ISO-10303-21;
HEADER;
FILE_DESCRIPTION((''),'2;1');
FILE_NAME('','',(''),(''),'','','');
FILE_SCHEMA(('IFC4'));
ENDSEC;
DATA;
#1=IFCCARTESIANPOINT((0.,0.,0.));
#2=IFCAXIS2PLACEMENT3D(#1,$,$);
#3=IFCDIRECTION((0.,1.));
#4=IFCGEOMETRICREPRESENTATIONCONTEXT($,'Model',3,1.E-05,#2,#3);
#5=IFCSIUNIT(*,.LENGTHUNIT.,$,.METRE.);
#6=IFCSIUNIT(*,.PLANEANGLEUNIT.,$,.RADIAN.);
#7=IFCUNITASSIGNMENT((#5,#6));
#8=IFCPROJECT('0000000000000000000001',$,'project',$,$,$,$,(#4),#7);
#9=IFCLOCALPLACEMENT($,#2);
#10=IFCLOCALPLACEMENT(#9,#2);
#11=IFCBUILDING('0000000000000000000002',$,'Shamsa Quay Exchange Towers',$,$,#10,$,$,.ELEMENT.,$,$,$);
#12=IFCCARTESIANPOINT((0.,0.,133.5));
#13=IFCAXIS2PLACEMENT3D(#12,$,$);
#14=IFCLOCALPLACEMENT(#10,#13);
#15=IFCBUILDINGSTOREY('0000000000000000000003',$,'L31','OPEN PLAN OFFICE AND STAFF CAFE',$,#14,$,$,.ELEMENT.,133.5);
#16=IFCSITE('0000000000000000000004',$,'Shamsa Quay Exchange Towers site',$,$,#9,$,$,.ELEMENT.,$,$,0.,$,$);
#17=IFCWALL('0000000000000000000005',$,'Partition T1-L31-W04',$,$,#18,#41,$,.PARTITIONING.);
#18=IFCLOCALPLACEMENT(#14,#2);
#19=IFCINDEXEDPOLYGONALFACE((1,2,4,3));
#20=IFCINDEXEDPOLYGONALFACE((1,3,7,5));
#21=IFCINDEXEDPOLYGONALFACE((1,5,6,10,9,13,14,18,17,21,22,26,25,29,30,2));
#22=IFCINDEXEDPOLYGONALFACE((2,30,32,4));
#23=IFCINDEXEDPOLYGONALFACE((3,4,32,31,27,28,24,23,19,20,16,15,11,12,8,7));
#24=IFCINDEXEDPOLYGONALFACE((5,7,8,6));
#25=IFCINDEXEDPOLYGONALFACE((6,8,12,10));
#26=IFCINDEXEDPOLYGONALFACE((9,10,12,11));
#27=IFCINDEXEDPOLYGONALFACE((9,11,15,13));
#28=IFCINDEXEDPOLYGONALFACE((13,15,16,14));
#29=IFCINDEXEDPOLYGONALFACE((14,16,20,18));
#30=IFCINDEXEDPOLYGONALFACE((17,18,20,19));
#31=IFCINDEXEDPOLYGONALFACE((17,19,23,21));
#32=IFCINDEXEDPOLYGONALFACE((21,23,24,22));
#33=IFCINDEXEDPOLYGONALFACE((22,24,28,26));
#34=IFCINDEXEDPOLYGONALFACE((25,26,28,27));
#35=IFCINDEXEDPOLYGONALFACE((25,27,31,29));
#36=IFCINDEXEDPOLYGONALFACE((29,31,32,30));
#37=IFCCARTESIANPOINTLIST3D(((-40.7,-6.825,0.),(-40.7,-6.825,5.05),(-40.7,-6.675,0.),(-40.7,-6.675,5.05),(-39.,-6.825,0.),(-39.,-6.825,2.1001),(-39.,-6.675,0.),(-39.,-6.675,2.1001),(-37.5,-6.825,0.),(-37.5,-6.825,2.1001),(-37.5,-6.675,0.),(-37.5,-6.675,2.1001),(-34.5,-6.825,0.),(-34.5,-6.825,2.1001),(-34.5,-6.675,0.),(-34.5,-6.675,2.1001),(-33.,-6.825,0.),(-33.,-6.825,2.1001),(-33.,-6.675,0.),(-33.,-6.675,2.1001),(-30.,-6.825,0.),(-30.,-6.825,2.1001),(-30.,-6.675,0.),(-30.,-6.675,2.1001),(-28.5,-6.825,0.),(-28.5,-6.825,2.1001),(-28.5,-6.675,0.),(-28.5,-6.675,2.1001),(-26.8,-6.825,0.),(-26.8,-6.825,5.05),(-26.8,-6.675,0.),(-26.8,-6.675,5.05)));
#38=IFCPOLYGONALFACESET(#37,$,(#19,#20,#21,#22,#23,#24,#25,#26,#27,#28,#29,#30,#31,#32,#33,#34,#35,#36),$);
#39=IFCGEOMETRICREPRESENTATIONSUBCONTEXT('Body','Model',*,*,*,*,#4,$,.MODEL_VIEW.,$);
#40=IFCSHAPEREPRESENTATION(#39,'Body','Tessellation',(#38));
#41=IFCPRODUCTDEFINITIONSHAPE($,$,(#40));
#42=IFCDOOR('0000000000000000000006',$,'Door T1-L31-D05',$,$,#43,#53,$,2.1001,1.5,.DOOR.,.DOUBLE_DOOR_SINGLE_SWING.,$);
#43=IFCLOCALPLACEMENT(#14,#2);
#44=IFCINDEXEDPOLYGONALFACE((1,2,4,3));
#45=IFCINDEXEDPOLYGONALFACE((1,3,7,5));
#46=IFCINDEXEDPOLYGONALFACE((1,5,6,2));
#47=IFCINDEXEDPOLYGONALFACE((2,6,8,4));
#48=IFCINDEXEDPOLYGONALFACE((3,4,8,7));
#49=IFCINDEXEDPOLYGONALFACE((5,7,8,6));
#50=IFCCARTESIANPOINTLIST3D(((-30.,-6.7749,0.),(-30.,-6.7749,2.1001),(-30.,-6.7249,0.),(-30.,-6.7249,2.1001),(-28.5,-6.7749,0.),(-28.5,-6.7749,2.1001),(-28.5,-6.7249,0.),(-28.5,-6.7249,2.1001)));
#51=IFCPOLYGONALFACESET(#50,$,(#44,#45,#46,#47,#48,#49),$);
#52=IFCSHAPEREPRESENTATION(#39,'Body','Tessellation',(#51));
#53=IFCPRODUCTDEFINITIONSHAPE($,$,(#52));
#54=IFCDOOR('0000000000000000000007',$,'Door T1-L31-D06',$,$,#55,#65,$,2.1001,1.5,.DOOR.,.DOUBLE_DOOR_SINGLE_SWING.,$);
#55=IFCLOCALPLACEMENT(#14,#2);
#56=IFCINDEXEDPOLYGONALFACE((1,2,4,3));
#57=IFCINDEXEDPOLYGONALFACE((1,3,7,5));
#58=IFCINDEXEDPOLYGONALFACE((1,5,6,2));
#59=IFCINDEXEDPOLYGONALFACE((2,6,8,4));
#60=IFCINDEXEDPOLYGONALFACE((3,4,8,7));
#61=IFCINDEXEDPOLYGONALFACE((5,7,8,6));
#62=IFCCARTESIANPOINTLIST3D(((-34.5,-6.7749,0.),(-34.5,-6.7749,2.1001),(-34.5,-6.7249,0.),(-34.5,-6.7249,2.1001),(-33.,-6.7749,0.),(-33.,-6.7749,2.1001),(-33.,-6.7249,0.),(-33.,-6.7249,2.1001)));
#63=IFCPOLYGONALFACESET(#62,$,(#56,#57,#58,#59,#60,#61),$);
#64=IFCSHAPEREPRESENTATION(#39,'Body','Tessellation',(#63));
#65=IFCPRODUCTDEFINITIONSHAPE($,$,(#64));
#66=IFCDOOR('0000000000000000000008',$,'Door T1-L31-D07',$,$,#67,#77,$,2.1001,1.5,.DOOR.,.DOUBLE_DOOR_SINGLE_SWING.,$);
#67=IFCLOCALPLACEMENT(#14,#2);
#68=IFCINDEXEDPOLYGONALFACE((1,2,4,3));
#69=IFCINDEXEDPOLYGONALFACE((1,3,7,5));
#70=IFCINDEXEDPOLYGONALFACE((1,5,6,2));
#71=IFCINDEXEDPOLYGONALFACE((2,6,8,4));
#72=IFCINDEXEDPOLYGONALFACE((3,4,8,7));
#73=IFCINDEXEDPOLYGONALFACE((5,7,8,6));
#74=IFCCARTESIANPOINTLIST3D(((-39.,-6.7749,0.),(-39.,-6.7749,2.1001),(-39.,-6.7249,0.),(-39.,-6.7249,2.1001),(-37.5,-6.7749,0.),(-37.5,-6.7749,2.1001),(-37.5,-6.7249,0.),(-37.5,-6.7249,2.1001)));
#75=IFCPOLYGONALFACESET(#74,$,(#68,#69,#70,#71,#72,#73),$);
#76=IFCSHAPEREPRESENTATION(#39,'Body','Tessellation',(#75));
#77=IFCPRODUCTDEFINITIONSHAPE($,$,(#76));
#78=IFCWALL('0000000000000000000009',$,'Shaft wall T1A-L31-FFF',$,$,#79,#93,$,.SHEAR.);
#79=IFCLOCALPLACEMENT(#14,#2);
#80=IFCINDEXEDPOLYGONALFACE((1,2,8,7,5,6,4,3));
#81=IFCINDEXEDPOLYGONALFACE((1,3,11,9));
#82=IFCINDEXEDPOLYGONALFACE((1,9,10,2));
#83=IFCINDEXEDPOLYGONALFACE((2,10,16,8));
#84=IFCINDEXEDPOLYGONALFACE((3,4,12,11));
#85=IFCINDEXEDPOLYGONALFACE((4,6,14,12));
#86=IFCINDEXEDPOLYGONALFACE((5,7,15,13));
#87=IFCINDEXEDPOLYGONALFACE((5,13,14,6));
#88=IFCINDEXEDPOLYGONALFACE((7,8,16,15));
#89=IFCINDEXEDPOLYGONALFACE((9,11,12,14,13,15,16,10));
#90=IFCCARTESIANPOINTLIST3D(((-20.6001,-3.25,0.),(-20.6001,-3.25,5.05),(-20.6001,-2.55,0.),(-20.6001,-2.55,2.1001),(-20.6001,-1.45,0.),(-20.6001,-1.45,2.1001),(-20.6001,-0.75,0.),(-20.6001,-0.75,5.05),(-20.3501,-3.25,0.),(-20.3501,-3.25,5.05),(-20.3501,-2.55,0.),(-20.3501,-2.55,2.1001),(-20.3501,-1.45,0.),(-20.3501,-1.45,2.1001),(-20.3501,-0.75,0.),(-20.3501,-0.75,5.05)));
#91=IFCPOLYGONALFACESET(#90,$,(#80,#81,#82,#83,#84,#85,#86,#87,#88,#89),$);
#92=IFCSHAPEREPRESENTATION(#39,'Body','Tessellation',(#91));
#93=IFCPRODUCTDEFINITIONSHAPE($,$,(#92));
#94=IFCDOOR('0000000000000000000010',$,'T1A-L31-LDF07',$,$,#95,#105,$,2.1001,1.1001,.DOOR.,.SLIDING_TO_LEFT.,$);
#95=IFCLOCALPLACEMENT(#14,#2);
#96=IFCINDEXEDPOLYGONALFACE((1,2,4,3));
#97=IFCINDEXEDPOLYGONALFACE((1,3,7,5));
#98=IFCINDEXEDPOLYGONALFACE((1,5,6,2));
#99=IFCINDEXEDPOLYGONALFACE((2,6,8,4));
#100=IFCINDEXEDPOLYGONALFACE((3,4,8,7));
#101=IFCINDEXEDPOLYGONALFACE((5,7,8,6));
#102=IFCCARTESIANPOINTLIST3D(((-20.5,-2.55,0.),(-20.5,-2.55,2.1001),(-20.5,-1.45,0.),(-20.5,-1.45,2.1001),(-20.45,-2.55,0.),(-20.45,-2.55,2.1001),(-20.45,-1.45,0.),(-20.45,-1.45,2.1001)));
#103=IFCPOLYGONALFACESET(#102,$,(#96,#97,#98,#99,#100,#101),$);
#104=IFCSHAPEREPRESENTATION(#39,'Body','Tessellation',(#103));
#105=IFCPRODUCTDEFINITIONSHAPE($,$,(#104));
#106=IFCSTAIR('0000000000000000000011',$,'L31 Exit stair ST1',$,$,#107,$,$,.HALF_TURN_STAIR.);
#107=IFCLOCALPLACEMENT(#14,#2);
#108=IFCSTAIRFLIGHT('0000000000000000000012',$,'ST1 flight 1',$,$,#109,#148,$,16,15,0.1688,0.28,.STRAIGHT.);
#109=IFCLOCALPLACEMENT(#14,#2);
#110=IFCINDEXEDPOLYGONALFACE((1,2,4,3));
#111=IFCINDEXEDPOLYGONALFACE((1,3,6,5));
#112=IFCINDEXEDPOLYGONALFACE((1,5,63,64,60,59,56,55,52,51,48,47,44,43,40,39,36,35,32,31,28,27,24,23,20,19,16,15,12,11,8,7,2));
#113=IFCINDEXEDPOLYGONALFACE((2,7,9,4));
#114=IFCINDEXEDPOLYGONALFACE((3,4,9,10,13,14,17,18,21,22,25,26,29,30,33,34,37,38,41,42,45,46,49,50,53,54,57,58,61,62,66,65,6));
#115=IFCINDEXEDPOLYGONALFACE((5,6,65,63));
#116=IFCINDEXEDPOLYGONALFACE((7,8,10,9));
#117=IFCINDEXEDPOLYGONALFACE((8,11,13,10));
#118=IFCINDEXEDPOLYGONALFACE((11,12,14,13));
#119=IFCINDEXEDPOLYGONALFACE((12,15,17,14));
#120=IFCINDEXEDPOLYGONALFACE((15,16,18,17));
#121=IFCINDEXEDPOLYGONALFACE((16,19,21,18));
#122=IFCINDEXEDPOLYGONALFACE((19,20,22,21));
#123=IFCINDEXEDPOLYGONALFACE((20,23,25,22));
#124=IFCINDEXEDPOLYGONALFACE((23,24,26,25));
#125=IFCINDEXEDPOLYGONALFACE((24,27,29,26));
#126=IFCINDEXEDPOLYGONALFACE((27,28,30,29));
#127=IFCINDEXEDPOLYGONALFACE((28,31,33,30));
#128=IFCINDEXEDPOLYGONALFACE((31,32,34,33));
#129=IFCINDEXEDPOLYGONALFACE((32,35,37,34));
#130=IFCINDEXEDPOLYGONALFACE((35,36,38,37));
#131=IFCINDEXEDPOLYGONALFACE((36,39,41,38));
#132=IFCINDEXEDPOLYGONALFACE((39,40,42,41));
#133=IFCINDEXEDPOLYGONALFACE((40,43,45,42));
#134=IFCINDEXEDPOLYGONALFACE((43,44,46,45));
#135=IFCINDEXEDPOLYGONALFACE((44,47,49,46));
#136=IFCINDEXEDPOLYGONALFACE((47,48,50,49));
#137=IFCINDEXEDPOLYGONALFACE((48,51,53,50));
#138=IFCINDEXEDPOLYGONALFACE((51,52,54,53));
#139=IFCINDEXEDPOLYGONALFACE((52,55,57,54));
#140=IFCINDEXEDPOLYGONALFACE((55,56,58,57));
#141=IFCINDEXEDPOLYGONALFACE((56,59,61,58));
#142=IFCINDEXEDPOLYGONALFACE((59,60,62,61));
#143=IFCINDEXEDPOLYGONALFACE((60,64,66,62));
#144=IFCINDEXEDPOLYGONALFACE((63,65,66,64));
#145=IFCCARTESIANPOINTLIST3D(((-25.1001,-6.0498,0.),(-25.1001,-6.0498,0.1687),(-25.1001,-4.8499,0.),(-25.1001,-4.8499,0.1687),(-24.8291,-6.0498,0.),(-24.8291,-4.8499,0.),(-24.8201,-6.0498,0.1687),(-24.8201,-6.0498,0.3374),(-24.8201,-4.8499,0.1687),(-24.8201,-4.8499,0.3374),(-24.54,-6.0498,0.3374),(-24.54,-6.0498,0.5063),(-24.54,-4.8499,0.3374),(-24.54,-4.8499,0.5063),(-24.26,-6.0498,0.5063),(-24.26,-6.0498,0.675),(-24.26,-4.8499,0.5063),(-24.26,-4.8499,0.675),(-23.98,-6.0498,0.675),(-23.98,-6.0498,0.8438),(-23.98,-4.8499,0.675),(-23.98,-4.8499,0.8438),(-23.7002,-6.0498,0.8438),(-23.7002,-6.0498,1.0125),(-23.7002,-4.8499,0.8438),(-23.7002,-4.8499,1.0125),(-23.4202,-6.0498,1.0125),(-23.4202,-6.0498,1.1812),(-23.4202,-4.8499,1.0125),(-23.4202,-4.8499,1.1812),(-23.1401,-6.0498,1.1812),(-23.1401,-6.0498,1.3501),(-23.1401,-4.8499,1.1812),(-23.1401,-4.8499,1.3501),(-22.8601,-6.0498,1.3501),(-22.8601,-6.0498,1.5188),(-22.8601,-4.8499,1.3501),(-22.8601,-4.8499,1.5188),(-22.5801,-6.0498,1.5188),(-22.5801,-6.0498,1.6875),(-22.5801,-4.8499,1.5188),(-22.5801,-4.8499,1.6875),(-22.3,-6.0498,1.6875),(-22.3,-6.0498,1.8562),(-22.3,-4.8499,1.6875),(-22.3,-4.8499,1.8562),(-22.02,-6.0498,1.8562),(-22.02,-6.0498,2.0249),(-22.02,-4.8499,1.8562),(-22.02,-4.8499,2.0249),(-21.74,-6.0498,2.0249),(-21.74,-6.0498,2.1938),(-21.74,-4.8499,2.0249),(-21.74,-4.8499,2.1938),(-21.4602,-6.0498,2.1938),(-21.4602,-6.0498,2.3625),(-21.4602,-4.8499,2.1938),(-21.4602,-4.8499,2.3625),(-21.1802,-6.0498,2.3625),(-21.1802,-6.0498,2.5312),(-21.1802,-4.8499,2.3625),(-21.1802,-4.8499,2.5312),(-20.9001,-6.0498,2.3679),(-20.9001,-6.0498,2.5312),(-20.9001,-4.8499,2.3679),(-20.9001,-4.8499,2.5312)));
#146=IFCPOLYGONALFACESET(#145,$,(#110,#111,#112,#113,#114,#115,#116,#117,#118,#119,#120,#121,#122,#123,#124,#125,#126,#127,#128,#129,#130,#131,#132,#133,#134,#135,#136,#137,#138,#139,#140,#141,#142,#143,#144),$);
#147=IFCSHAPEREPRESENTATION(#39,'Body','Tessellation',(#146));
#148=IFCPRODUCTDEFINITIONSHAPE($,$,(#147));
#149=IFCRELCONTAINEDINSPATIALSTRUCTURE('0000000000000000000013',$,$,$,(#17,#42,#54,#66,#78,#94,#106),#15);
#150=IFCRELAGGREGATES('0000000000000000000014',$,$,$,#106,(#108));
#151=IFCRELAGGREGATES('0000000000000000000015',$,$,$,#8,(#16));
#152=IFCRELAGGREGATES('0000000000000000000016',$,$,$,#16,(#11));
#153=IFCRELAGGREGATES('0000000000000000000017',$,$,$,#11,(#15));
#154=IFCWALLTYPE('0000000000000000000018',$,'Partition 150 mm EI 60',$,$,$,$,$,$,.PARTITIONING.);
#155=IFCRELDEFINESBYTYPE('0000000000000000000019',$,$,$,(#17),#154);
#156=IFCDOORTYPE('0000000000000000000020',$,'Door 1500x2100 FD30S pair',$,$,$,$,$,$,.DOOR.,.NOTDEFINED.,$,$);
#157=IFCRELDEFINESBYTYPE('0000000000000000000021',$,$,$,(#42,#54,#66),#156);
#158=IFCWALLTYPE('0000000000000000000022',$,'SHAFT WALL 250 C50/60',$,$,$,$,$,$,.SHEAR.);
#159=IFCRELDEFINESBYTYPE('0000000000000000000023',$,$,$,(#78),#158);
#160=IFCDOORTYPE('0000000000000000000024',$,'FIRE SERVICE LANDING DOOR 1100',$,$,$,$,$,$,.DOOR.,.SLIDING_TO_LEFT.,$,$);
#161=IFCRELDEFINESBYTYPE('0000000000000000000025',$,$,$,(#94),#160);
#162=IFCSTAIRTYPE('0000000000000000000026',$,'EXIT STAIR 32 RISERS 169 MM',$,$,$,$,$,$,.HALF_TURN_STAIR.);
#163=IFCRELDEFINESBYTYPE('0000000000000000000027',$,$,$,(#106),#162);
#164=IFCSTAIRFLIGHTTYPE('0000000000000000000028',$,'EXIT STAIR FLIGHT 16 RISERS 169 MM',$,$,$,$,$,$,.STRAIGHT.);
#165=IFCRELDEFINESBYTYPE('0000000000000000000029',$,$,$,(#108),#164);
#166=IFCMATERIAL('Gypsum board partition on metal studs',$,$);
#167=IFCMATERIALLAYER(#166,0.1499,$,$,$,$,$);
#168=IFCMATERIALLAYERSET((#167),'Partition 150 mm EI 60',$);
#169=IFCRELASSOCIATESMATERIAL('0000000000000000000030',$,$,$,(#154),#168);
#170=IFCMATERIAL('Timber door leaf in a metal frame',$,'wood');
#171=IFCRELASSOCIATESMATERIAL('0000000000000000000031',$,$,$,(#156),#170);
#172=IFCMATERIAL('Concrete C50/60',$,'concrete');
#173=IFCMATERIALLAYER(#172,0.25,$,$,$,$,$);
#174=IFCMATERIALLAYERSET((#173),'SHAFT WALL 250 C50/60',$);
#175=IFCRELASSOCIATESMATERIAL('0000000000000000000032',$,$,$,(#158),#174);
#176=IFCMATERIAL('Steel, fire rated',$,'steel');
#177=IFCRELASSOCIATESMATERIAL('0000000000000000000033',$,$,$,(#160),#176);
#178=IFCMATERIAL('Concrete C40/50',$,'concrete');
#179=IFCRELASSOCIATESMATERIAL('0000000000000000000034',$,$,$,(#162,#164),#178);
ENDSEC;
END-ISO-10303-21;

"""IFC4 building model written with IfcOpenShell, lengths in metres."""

from ifc_helpers import new_model, si_unit, direction, frame, frame_2d, origin, place, context, subcontext, project, spatial, polyline, rectangle, outline, extrude, material, layer, layer_set, type_object, element, fill, aggregate, save


model = new_model("IFC4")

# Units and contexts
model_context = context("Model", 3, precision=1e-05, world=origin(), true_north=direction((0.0, 1.0)))
body_context = subcontext(model_context, "Body", "Model", "MODEL_VIEW")
ifc_project = project(units=[si_unit("LENGTHUNIT", "METRE"), si_unit("PLANEANGLEUNIT", "RADIAN")], contexts=[model_context])

# Site, building, storey
site_placement = place(None, origin())
site = spatial("IfcSite", under=ifc_project, at=site_placement, Name="Shamsa Quay Exchange Towers site", CompositionType="ELEMENT", RefElevation=0.0)
building_placement = place(site_placement, origin())
building = spatial("IfcBuilding", under=site, at=building_placement, Name="Shamsa Quay Exchange Towers", CompositionType="ELEMENT")
storey_placement = place(building_placement, frame((0.0, 0.0, 133.5)))
storey = spatial("IfcBuildingStorey", under=building, at=storey_placement, Name="L31", Description="OPEN PLAN OFFICE AND STAFF CAFE", CompositionType="ELEMENT", Elevation=133.5)

# Wall, openings, doors
ifc_material_1 = material(Name="Gypsum board partition on metal studs")
ifc_layer_1 = layer(ifc_material_1, 0.1499)
ifc_layer_set_1 = layer_set([ifc_layer_1], Name="Partition 150 mm EI 60")
wall_type_1 = type_object("IfcWallType", Name="Partition 150 mm EI 60", PredefinedType="PARTITIONING", material=ifc_layer_set_1)
wall_1_placement = place(storey_placement, frame((-26.8, -6.75, 0.0), z_axis=(0.0, 0.0, 1.0), x_axis=(-1.0, 0.0, 0.0)))
wall_1 = element("IfcWall", 1, at=wall_1_placement, inside=storey, type_object=wall_type_1, Name="Partition T1-L31-W04", PredefinedType="PARTITIONING", context=body_context, shape_type="SweptSolid", body=[
    extrude(rectangle(XDim=13.8999, YDim=0.1499, at=frame_2d((6.95, 0.0))), origin(), (0.0, 0.0, 1.0), 5.05),
])
opening_1_placement = place(wall_1_placement, frame((1.7, 0.0, 0.0)))
opening_1 = element("IfcOpeningElement", 2, at=opening_1_placement, cuts=wall_1, PredefinedType="OPENING", context=body_context, shape_type="SweptSolid", body=[
    extrude(rectangle(XDim=1.5, YDim=2.1001, at=frame_2d((0.75, 1.05))), frame((0.0, 0.085, 0.0), z_axis=(0.0, -1.0, 0.0), x_axis=(1.0, 0.0, 0.0)), (0.0, 0.0, 1.0), 0.1699),
])
opening_2_placement = place(wall_1_placement, frame((6.2, 0.0, 0.0)))
opening_2 = element("IfcOpeningElement", 3, at=opening_2_placement, cuts=wall_1, PredefinedType="OPENING", context=body_context, shape_type="SweptSolid", body=[
    extrude(rectangle(XDim=1.5, YDim=2.1001, at=frame_2d((0.75, 1.05))), frame((0.0, 0.085, 0.0), z_axis=(0.0, -1.0, 0.0), x_axis=(1.0, 0.0, 0.0)), (0.0, 0.0, 1.0), 0.1699),
])
opening_3_placement = place(wall_1_placement, frame((10.7, 0.0, 0.0)))
opening_3 = element("IfcOpeningElement", 4, at=opening_3_placement, cuts=wall_1, PredefinedType="OPENING", context=body_context, shape_type="SweptSolid", body=[
    extrude(rectangle(XDim=1.5, YDim=2.1001, at=frame_2d((0.75, 1.05))), frame((0.0, 0.085, 0.0), z_axis=(0.0, -1.0, 0.0), x_axis=(1.0, 0.0, 0.0)), (0.0, 0.0, 1.0), 0.1699),
])
ifc_material_2 = material(Name="Timber door leaf in a metal frame", Category="wood")
door_type_1 = type_object("IfcDoorType", Name="Door 1500x2100 FD30S pair", OperationType="NOTDEFINED", PredefinedType="DOOR", material=ifc_material_2)
door_1_placement = place(opening_1_placement, origin())
door_1 = element("IfcDoor", 5, at=door_1_placement, inside=storey, type_object=door_type_1, Name="Door T1-L31-D05", OperationType="DOUBLE_DOOR_SINGLE_SWING", OverallHeight=2.1001, OverallWidth=1.5, PredefinedType="DOOR", context=body_context, shape_type="SweptSolid", body=[
    extrude(rectangle(XDim=1.5, YDim=2.1001, at=frame_2d((0.75, 1.05))), frame((0.0, 0.0249, 0.0), z_axis=(0.0, -1.0, 0.0), x_axis=(1.0, 0.0, 0.0)), (0.0, 0.0, 1.0), 0.05),
])
fill(opening_1, door_1)
door_2_placement = place(opening_2_placement, origin())
door_2 = element("IfcDoor", 6, at=door_2_placement, inside=storey, type_object=door_type_1, Name="Door T1-L31-D06", OperationType="DOUBLE_DOOR_SINGLE_SWING", OverallHeight=2.1001, OverallWidth=1.5, PredefinedType="DOOR", context=body_context, shape_type="SweptSolid", body=[
    extrude(rectangle(XDim=1.5, YDim=2.1001, at=frame_2d((0.75, 1.05))), frame((0.0, 0.0249, 0.0), z_axis=(0.0, -1.0, 0.0), x_axis=(1.0, 0.0, 0.0)), (0.0, 0.0, 1.0), 0.05),
])
fill(opening_2, door_2)
door_3_placement = place(opening_3_placement, origin())
door_3 = element("IfcDoor", 7, at=door_3_placement, inside=storey, type_object=door_type_1, Name="Door T1-L31-D07", OperationType="DOUBLE_DOOR_SINGLE_SWING", OverallHeight=2.1001, OverallWidth=1.5, PredefinedType="DOOR", context=body_context, shape_type="SweptSolid", body=[
    extrude(rectangle(XDim=1.5, YDim=2.1001, at=frame_2d((0.75, 1.05))), frame((0.0, 0.0249, 0.0), z_axis=(0.0, -1.0, 0.0), x_axis=(1.0, 0.0, 0.0)), (0.0, 0.0, 1.0), 0.05),
])
fill(opening_3, door_3)

# Wall, opening, door
ifc_material_3 = material(Name="Concrete C50/60", Category="concrete")
ifc_layer_2 = layer(ifc_material_3, 0.25)
ifc_layer_set_2 = layer_set([ifc_layer_2], Name="SHAFT WALL 250 C50/60")
wall_type_2 = type_object("IfcWallType", Name="SHAFT WALL 250 C50/60", PredefinedType="SHEAR", material=ifc_layer_set_2)
wall_2_placement = place(storey_placement, frame((-20.4751, -3.25, 0.0), z_axis=(0.0, 0.0, 1.0), x_axis=(0.0, 1.0, 0.0)))
wall_2 = element("IfcWall", 8, at=wall_2_placement, inside=storey, type_object=wall_type_2, Name="Shaft wall T1A-L31-FFF", PredefinedType="SHEAR", context=body_context, shape_type="SweptSolid", body=[
    extrude(rectangle(XDim=2.5, YDim=0.25, at=frame_2d((1.25, 0.0))), origin(), (0.0, 0.0, 1.0), 5.05),
])
opening_4_placement = place(wall_2_placement, frame((0.7, 0.0, 0.0)))
opening_4 = element("IfcOpeningElement", 9, at=opening_4_placement, cuts=wall_2, PredefinedType="OPENING", context=body_context, shape_type="SweptSolid", body=[
    extrude(rectangle(XDim=1.1001, YDim=2.1001, at=frame_2d((0.55, 1.05))), frame((0.0, 0.135, 0.0), z_axis=(0.0, -1.0, 0.0), x_axis=(1.0, 0.0, 0.0)), (0.0, 0.0, 1.0), 0.27),
])
ifc_material_4 = material(Name="Steel, fire rated", Category="steel")
door_type_2 = type_object("IfcDoorType", Name="FIRE SERVICE LANDING DOOR 1100", OperationType="SLIDING_TO_LEFT", PredefinedType="DOOR", material=ifc_material_4)
door_4_placement = place(opening_4_placement, origin())
door_4 = element("IfcDoor", 10, at=door_4_placement, inside=storey, type_object=door_type_2, Name="T1A-L31-LDF07", OperationType="SLIDING_TO_LEFT", OverallHeight=2.1001, OverallWidth=1.1001, PredefinedType="DOOR", context=body_context, shape_type="SweptSolid", body=[
    extrude(rectangle(XDim=1.1001, YDim=2.1001, at=frame_2d((0.55, 1.05))), frame((0.0, 0.0249, 0.0), z_axis=(0.0, -1.0, 0.0), x_axis=(1.0, 0.0, 0.0)), (0.0, 0.0, 1.0), 0.05),
])
fill(opening_4, door_4)

# Stair, stair flight
ifc_material_5 = material(Name="Concrete C40/50", Category="concrete")
stair_type = type_object("IfcStairType", Name="EXIT STAIR 32 RISERS 169 MM", PredefinedType="HALF_TURN_STAIR", material=ifc_material_5)
stair_placement = place(storey_placement, origin())
stair = element("IfcStair", 11, at=stair_placement, inside=storey, type_object=stair_type, Name="L31 Exit stair ST1", PredefinedType="HALF_TURN_STAIR")
stair_flight_type = type_object("IfcStairFlightType", Name="EXIT STAIR FLIGHT 16 RISERS 169 MM", PredefinedType="STRAIGHT", material=ifc_material_5)
stair_flight_1_placement = place(storey_placement, frame((-25.1001, -5.45, 0.0)))
stair_flight_1 = element("IfcStairFlight", 12, at=stair_flight_1_placement, type_object=stair_flight_type, Name="ST1 flight 1", NumberOfRisers=16, NumberOfTreads=15, PredefinedType="STRAIGHT", RiserHeight=0.1688, TreadLength=0.28, context=body_context, shape_type="SweptSolid", body=[
    extrude(outline(polyline([(0.0, 0.0), (0.0, 0.1687), (0.28, 0.1687), (0.28, 0.3374), (0.5601, 0.3374), (0.5601, 0.5063), (0.8401, 0.5063), (0.8401, 0.675), (1.1201, 0.675), (1.1201, 0.8438), (1.3999, 0.8438), (1.3999, 1.0125), (1.6799, 1.0125), (1.6799, 1.1812), (1.96, 1.1812), (1.96, 1.3501), (2.24, 1.3501), (2.24, 1.5188), (2.52, 1.5188), (2.52, 1.6875), (2.8, 1.6875), (2.8, 1.8562), (3.0801, 1.8562), (3.0801, 2.0249), (3.3601, 2.0249), (3.3601, 2.1938), (3.6399, 2.1938), (3.6399, 2.3625), (3.9199, 2.3625), (3.9199, 2.5312), (4.2, 2.5312), (4.2, 2.7), (4.2, 2.3679), (0.271, 0.0), (0.0, 0.0)])), frame((0.0, 0.6001, 0.0), z_axis=(0.0, -1.0, 0.0), x_axis=(1.0, 0.0, 0.0)), (0.0, 0.0, 1.0), 1.2),
])
aggregate(stair, [stair_flight_1])

save(model, "model.ifc")
